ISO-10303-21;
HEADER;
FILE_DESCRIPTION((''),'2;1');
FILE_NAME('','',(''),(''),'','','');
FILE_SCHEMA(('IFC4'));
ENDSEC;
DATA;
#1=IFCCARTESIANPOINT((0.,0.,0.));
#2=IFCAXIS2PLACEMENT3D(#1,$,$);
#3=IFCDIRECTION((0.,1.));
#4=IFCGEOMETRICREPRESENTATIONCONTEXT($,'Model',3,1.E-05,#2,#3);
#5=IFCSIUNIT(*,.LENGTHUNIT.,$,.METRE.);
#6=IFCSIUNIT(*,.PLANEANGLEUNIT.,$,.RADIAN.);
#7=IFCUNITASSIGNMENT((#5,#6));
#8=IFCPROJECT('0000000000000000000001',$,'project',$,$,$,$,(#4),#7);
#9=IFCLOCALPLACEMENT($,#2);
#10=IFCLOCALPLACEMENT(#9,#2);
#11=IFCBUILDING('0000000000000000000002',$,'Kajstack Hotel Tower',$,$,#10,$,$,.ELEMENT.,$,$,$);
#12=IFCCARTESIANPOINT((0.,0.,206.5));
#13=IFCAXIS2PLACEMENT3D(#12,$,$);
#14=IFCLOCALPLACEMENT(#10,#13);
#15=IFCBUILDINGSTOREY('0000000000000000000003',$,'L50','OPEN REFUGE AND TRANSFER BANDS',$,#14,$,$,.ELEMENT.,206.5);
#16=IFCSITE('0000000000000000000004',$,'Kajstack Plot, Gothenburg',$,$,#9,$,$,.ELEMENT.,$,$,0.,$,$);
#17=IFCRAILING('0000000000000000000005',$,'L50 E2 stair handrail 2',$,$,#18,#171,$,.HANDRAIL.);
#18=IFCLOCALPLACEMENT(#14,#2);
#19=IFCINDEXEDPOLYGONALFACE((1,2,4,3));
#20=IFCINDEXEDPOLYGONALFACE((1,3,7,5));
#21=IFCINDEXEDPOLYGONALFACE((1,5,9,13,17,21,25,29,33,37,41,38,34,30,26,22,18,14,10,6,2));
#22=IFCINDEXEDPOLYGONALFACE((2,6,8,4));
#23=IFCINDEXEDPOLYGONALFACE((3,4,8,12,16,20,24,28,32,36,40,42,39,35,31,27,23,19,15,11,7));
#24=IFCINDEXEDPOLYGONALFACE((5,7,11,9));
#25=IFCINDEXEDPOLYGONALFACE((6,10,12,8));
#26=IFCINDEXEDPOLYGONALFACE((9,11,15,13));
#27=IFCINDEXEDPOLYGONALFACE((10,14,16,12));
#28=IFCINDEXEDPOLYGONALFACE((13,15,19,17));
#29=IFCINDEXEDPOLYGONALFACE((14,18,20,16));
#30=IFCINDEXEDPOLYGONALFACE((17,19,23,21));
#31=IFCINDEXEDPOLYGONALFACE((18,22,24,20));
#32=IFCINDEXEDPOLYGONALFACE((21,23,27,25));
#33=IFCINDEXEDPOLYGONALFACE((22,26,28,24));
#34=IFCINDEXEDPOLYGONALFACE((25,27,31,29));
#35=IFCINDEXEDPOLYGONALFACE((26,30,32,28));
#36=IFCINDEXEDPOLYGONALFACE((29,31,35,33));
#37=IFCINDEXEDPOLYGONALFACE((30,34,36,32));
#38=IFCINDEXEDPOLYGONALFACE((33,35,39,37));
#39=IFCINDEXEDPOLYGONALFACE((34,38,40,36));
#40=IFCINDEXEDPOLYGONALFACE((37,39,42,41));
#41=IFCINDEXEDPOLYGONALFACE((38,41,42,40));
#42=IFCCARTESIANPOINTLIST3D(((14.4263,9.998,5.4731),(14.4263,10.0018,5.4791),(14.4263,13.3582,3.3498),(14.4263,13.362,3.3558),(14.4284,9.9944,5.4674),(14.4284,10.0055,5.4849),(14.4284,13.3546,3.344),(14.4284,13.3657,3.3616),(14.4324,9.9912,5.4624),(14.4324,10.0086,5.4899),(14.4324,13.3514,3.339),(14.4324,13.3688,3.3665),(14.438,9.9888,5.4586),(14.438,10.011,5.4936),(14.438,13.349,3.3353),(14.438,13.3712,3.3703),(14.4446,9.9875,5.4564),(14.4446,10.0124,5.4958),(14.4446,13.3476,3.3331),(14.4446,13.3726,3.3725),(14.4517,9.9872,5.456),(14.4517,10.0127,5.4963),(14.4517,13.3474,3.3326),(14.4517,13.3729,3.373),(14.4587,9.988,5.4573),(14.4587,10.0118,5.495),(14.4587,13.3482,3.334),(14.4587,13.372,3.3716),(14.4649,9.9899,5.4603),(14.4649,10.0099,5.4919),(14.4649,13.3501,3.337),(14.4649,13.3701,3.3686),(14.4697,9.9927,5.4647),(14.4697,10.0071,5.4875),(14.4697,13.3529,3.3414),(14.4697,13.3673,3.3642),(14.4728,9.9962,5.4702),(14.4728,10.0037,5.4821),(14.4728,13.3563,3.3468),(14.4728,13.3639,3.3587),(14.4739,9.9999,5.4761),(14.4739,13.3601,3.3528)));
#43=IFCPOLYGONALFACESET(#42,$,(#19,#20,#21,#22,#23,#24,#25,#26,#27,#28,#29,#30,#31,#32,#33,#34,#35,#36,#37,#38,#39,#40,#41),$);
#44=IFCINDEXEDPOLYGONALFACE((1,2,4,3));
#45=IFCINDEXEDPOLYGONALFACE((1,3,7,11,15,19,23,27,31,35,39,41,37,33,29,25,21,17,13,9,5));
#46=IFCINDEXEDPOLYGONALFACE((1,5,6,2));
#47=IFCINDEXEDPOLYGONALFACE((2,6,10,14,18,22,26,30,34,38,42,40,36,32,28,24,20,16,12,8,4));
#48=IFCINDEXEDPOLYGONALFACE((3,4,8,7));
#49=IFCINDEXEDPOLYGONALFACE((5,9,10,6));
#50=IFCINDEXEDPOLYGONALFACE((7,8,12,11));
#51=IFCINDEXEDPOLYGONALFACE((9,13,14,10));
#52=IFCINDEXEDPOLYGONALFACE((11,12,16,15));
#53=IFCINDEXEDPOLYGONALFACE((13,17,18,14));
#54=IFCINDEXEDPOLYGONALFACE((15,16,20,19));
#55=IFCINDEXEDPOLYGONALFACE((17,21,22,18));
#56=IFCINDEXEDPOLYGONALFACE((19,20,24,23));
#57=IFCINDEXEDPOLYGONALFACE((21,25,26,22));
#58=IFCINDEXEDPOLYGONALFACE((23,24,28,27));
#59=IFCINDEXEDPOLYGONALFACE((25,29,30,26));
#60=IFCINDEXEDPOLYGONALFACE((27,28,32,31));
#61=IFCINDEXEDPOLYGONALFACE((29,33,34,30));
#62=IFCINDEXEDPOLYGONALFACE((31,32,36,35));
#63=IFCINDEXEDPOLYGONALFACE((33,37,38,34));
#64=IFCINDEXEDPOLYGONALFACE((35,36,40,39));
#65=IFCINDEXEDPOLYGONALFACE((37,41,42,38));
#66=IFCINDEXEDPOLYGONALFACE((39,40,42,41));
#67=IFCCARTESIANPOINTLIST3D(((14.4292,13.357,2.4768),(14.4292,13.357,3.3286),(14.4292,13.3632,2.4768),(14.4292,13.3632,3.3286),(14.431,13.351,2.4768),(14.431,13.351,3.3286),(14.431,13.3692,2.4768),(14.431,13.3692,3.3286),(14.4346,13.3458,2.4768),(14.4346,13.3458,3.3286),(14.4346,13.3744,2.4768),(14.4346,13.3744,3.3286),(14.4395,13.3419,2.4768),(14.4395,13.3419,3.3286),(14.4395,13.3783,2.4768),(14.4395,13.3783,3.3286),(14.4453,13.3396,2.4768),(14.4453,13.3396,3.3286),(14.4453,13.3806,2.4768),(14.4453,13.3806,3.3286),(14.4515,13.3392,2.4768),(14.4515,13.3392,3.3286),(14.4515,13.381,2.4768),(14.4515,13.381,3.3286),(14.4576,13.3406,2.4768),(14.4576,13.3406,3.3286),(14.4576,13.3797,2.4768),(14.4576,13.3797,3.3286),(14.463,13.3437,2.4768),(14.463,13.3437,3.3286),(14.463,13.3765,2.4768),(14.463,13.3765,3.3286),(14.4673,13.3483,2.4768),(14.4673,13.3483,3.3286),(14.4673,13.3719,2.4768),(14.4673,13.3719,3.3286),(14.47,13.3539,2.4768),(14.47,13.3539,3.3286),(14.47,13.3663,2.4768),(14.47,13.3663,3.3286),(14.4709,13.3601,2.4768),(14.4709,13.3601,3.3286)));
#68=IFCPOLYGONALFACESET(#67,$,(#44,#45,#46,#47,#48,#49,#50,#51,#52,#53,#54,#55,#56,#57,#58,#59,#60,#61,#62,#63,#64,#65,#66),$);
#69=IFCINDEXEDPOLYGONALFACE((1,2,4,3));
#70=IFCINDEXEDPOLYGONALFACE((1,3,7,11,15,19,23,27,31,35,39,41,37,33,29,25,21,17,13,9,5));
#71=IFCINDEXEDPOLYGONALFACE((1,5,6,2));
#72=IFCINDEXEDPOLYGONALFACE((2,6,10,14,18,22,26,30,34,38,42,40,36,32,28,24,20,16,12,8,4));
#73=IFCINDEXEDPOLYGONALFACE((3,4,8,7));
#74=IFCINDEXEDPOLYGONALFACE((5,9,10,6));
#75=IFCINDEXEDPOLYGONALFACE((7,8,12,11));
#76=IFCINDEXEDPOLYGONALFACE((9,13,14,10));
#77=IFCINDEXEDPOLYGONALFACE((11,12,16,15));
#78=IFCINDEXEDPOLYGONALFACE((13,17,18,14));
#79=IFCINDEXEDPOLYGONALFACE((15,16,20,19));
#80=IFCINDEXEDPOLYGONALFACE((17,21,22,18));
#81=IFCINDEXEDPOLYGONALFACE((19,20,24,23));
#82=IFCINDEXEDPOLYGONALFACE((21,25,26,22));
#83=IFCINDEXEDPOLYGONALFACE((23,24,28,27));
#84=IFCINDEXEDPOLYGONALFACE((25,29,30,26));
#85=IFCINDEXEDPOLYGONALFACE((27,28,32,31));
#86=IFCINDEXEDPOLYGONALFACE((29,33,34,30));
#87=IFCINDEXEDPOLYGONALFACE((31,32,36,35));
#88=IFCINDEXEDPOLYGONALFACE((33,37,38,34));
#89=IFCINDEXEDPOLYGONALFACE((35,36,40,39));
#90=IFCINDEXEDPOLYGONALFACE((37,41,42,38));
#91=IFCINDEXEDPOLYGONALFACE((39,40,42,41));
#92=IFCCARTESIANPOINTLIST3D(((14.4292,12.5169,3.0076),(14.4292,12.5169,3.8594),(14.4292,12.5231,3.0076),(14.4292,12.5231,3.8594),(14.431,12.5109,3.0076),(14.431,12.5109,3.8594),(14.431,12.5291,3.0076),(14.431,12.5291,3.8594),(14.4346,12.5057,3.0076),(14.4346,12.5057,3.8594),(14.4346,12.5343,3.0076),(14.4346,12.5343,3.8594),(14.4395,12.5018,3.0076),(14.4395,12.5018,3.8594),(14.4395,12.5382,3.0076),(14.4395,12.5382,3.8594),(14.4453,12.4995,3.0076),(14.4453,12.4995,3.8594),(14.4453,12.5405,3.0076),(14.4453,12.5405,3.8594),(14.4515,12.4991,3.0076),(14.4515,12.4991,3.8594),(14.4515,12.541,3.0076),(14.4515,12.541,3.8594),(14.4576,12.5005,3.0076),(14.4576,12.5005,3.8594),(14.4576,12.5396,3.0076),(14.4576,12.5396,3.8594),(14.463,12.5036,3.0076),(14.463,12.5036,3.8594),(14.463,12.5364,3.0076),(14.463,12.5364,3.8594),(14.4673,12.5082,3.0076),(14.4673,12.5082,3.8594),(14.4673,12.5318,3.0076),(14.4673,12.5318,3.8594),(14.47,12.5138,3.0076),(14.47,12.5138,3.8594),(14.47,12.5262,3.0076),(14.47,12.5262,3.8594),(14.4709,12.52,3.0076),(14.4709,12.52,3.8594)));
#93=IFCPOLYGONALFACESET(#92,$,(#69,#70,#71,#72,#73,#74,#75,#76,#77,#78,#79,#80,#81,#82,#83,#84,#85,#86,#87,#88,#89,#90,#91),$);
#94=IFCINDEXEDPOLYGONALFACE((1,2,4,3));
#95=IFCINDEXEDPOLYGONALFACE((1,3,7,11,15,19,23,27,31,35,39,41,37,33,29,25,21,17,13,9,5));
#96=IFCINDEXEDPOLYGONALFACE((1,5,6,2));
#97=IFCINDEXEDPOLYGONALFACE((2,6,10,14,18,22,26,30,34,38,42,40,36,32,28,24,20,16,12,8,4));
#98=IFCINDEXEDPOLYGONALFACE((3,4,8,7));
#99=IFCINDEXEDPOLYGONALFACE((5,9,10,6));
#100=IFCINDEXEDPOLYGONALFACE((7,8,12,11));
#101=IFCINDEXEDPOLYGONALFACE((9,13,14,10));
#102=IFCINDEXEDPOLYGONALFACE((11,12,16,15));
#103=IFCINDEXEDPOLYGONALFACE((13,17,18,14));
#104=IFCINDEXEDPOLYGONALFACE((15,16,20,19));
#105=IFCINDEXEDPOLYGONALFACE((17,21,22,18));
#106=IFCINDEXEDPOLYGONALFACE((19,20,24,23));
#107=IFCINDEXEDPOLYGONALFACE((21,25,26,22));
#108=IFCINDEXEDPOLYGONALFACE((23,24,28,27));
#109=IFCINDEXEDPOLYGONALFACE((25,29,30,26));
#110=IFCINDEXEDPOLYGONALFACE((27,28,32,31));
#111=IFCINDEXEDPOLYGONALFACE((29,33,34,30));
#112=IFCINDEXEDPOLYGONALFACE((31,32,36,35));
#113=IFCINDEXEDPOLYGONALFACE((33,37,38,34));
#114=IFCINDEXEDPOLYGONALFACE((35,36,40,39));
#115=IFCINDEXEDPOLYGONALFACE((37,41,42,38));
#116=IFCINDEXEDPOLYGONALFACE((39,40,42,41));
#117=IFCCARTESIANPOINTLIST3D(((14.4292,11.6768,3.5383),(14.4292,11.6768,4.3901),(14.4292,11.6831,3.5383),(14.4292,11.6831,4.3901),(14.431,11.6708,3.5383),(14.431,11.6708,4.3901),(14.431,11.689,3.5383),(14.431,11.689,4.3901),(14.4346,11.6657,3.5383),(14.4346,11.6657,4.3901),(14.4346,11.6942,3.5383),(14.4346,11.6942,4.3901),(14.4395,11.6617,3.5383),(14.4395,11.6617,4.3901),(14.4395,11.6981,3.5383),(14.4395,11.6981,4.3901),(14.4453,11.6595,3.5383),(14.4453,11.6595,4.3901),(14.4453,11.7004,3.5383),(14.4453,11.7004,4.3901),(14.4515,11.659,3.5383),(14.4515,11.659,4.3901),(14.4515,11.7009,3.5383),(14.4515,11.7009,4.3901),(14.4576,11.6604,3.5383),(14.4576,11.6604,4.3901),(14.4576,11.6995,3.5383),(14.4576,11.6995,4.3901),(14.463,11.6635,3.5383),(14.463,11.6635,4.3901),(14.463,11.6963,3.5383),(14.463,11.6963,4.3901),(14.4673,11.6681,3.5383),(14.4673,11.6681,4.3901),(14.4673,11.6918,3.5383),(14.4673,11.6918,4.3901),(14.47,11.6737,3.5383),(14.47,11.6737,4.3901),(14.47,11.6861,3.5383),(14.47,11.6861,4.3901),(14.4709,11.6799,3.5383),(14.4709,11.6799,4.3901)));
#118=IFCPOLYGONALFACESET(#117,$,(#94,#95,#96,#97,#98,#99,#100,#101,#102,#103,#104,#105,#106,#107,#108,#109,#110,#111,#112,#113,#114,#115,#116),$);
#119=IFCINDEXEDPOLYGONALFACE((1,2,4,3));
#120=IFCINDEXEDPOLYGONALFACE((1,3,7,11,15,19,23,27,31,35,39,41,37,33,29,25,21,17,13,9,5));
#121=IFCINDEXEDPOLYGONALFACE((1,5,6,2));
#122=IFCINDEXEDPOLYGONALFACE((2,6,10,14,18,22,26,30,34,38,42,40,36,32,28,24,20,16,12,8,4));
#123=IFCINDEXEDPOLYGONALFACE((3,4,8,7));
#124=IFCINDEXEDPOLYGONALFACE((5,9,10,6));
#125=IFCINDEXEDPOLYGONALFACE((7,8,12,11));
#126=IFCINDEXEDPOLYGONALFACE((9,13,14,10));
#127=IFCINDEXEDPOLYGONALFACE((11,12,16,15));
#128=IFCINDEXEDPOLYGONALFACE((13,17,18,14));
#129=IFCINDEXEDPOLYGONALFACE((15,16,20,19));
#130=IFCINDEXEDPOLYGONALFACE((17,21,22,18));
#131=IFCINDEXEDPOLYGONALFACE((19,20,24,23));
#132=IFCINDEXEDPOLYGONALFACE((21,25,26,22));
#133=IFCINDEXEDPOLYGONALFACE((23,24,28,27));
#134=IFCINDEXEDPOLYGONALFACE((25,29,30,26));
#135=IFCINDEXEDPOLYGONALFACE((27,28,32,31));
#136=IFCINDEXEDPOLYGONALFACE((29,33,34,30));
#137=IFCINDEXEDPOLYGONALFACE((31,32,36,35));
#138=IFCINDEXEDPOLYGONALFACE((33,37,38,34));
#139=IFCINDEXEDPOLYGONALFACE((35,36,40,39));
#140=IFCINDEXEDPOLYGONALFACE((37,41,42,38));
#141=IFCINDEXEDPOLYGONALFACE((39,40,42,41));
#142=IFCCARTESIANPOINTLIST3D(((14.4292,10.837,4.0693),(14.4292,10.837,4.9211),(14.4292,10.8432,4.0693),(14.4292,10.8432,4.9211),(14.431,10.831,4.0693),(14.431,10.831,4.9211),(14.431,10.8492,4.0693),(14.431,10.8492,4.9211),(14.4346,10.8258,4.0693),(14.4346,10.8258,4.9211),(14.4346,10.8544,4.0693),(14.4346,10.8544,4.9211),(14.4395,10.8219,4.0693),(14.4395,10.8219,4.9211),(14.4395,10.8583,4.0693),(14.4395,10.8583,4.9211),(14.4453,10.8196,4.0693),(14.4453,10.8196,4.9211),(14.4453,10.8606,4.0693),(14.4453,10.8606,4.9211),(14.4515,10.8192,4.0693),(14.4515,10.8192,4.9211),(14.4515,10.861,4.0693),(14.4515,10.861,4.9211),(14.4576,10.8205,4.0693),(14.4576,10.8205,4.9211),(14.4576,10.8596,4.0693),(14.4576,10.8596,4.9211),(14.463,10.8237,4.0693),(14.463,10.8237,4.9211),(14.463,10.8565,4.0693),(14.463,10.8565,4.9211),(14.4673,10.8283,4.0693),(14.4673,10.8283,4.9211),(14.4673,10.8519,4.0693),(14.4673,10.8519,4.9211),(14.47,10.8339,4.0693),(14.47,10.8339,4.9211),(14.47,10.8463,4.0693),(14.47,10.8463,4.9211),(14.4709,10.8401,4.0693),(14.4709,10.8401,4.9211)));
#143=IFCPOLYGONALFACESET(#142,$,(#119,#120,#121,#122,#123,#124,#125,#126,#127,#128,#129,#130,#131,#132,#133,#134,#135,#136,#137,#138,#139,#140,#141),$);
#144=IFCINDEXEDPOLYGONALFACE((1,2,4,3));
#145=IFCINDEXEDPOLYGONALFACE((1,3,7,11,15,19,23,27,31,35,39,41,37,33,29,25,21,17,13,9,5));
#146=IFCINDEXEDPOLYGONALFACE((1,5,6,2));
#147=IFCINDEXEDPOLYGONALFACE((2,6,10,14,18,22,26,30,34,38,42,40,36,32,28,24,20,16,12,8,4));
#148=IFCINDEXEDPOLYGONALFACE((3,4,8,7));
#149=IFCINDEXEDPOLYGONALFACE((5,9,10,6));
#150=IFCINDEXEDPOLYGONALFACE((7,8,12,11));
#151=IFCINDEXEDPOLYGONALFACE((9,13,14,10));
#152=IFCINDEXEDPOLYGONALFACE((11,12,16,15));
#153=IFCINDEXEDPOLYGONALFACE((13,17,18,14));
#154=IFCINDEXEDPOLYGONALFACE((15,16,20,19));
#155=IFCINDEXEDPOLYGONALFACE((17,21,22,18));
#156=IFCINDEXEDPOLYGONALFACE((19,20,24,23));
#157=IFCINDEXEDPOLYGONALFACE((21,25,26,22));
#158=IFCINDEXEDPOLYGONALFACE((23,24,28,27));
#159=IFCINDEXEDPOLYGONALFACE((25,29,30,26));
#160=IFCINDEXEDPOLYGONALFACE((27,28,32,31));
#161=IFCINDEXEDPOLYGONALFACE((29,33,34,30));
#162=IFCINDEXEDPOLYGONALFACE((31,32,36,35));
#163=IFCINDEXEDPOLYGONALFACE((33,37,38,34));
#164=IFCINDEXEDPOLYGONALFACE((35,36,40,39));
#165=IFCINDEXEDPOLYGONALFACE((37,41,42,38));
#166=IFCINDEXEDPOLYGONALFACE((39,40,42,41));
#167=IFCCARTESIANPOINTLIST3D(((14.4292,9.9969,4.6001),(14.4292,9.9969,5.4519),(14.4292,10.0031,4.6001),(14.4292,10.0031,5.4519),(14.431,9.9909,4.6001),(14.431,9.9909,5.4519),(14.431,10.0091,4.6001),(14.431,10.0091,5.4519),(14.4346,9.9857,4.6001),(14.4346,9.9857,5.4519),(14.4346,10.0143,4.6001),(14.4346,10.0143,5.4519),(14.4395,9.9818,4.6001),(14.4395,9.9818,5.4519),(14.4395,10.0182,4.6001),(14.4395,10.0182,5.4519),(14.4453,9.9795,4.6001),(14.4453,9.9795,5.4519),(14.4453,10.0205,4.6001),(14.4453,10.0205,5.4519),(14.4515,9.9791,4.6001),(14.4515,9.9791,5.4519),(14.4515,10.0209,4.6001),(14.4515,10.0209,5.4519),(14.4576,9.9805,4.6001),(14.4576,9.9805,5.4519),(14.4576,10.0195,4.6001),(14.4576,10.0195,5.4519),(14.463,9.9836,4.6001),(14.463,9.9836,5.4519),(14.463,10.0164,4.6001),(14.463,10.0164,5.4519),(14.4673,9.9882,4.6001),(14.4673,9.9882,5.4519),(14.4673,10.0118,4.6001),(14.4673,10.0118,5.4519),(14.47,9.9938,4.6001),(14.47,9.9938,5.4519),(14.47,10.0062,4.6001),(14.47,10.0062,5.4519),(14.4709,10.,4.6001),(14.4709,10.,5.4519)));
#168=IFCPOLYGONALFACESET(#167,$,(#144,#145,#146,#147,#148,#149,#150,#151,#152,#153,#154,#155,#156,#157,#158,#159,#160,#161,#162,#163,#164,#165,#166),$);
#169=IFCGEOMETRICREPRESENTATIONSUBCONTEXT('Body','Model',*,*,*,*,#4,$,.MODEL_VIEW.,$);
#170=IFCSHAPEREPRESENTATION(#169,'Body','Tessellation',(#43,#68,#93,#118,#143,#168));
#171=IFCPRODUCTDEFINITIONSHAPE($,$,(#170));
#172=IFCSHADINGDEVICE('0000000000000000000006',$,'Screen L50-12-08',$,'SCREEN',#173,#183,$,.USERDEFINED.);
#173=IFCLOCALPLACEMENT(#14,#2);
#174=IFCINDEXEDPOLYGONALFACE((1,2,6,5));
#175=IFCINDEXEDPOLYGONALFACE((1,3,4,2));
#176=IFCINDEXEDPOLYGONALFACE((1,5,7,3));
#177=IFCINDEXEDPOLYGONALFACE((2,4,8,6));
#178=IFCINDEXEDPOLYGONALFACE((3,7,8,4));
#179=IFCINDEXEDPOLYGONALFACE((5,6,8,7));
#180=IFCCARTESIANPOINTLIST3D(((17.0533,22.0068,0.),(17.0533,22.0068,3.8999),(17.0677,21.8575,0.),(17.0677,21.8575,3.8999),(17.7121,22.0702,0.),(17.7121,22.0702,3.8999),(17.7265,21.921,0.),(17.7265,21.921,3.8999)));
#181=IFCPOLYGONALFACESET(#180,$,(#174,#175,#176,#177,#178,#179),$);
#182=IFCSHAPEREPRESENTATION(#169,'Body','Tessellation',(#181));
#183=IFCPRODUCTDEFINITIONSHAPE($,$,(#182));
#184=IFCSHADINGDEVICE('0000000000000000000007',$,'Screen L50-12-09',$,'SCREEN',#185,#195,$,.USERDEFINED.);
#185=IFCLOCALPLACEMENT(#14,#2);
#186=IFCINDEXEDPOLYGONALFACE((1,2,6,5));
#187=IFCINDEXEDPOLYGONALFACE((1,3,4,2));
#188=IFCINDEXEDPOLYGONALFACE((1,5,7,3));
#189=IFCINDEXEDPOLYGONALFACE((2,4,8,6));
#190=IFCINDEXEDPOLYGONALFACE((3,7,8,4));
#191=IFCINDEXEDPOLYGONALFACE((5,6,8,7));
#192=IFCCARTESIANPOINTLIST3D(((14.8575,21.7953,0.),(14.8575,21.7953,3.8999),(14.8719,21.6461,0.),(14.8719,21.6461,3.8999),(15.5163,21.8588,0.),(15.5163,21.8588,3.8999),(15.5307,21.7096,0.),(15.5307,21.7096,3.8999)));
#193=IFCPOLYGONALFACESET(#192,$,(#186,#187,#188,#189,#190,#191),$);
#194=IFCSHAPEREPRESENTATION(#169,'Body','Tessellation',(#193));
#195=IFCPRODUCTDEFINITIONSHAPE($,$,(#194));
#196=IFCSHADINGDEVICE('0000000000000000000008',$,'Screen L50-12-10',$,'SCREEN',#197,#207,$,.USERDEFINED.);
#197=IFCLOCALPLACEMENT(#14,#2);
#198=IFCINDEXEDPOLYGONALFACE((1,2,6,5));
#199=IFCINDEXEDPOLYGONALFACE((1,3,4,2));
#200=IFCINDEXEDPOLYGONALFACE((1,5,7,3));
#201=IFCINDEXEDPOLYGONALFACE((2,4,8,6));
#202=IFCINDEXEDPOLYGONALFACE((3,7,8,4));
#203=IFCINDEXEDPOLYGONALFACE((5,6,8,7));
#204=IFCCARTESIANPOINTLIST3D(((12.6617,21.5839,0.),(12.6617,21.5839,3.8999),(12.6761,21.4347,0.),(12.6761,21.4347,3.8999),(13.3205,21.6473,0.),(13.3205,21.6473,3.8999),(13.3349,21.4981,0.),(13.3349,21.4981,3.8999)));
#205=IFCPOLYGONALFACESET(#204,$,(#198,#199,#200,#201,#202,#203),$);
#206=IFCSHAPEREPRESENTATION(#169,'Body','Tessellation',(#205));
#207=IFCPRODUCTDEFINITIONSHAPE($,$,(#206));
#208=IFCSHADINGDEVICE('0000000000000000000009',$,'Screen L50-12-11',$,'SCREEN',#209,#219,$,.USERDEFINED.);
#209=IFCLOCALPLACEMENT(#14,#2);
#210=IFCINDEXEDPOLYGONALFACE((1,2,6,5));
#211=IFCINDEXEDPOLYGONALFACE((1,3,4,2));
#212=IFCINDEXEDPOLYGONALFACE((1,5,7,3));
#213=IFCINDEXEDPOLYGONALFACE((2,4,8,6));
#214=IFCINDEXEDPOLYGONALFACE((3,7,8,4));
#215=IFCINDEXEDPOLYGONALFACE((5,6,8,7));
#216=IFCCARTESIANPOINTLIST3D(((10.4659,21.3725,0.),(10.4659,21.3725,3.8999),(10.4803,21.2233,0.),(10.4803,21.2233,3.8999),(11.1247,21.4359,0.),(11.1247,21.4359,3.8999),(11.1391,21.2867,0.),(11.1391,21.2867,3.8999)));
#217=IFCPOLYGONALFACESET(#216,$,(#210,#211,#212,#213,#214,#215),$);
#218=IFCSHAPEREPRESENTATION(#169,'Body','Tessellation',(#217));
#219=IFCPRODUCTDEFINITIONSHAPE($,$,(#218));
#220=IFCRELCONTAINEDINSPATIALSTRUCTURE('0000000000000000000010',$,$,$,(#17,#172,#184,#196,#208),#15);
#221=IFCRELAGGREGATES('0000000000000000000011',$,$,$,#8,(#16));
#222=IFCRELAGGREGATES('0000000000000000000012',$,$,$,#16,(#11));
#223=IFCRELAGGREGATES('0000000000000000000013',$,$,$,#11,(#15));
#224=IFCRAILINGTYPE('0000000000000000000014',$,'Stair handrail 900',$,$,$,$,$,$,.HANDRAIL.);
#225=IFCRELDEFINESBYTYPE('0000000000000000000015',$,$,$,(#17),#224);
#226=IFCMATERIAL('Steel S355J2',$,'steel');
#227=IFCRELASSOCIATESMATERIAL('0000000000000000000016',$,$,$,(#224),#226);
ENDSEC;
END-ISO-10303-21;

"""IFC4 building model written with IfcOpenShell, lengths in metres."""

from ifc_helpers import new_model, si_unit, direction, frame, origin, origin_2d, place, context, subcontext, project, spatial, rectangle, circle, extrude, material, type_object, element, save


model = new_model("IFC4")

# Units and contexts
model_context = context("Model", 3, precision=1e-05, world=origin(), true_north=direction((0.0, 1.0)))
body_context = subcontext(model_context, "Body", "Model", "MODEL_VIEW")
ifc_project = project(units=[si_unit("LENGTHUNIT", "METRE"), si_unit("PLANEANGLEUNIT", "RADIAN")], contexts=[model_context])

# Site, building, storey
site_placement = place(None, origin())
site = spatial("IfcSite", under=ifc_project, at=site_placement, Name="Kajstack Plot, Gothenburg", CompositionType="ELEMENT", RefElevation=0.0)
building_placement = place(site_placement, origin())
building = spatial("IfcBuilding", under=site, at=building_placement, Name="Kajstack Hotel Tower", CompositionType="ELEMENT")
storey_placement = place(building_placement, frame((0.0, 0.0, 206.5)))
storey = spatial("IfcBuildingStorey", under=building, at=storey_placement, Name="L50", Description="OPEN REFUGE AND TRANSFER BANDS", CompositionType="ELEMENT", Elevation=206.5)

# Shared definitions
ifc_material_1 = material(Name="Steel S355J2", Category="steel")

# Railing
railing_type_1 = type_object("IfcRailingType", Name="Stair handrail 900", PredefinedType="HANDRAIL", material=ifc_material_1)
railing_1_placement = place(storey_placement, frame((14.45, 13.3601, 2.4768)))
element("IfcRailing", 1, at=railing_1_placement, inside=storey, type_object=railing_type_1, Name="L50 E2 stair handrail 2", PredefinedType="HANDRAIL", context=body_context, shape_type="SweptSolid", body=[
    extrude(circle(Radius=0.0239, at=origin_2d()), frame((0.0, 0.0, 0.876), z_axis=(0.0, -0.845362, 0.534194), x_axis=(1.0, 0.0, 0.0)), (0.0, 0.0, 1.0), 3.9749),
    extrude(circle(Radius=0.021, at=origin_2d()), origin(), (0.0, 0.0, 1.0), 0.8518),
    extrude(circle(Radius=0.021, at=origin_2d()), frame((0.0, -0.8401, 0.5308)), (0.0, 0.0, 1.0), 0.8518),
    extrude(circle(Radius=0.021, at=origin_2d()), frame((0.0, -1.6802, 1.0615)), (0.0, 0.0, 1.0), 0.8518),
    extrude(circle(Radius=0.021, at=origin_2d()), frame((0.0, -2.52, 1.5925)), (0.0, 0.0, 1.0), 0.8518),
    extrude(circle(Radius=0.021, at=origin_2d()), frame((0.0, -3.3601, 2.1233)), (0.0, 0.0, 1.0), 0.8518),
])

# Shading devices
for number, where, z_axis, x_axis, name in (
    (2, (17.3899, 21.9639, 0.0), (0.0, 0.0, 1.0), (-0.995396, -0.095845, 0.0), "Screen L50-12-08"),
    (3, (15.1941, 21.7524, 0.0), (0.0, 0.0, 1.0), (-0.995396, -0.095845, 0.0), "Screen L50-12-09"),
    (4, (12.9983, 21.541, 0.0), (0.0, 0.0, 1.0), (-0.995396, -0.095845, 0.0), "Screen L50-12-10"),
    (5, (10.8025, 21.3296, 0.0), (0.0, 0.0, 1.0), (-0.995396, -0.095845, 0.0), "Screen L50-12-11"),
):
    element("IfcShadingDevice", number, at=place(storey_placement, frame(where, z_axis=z_axis, x_axis=x_axis)), inside=storey, Name=name, ObjectType="SCREEN", PredefinedType="USERDEFINED", context=body_context, shape_type="SweptSolid", body=[
        extrude(rectangle(XDim=0.6619, YDim=0.1499, at=origin_2d()), origin(), (0.0, 0.0, 1.0), 3.8999),
    ])

save(model, "model.ifc")
